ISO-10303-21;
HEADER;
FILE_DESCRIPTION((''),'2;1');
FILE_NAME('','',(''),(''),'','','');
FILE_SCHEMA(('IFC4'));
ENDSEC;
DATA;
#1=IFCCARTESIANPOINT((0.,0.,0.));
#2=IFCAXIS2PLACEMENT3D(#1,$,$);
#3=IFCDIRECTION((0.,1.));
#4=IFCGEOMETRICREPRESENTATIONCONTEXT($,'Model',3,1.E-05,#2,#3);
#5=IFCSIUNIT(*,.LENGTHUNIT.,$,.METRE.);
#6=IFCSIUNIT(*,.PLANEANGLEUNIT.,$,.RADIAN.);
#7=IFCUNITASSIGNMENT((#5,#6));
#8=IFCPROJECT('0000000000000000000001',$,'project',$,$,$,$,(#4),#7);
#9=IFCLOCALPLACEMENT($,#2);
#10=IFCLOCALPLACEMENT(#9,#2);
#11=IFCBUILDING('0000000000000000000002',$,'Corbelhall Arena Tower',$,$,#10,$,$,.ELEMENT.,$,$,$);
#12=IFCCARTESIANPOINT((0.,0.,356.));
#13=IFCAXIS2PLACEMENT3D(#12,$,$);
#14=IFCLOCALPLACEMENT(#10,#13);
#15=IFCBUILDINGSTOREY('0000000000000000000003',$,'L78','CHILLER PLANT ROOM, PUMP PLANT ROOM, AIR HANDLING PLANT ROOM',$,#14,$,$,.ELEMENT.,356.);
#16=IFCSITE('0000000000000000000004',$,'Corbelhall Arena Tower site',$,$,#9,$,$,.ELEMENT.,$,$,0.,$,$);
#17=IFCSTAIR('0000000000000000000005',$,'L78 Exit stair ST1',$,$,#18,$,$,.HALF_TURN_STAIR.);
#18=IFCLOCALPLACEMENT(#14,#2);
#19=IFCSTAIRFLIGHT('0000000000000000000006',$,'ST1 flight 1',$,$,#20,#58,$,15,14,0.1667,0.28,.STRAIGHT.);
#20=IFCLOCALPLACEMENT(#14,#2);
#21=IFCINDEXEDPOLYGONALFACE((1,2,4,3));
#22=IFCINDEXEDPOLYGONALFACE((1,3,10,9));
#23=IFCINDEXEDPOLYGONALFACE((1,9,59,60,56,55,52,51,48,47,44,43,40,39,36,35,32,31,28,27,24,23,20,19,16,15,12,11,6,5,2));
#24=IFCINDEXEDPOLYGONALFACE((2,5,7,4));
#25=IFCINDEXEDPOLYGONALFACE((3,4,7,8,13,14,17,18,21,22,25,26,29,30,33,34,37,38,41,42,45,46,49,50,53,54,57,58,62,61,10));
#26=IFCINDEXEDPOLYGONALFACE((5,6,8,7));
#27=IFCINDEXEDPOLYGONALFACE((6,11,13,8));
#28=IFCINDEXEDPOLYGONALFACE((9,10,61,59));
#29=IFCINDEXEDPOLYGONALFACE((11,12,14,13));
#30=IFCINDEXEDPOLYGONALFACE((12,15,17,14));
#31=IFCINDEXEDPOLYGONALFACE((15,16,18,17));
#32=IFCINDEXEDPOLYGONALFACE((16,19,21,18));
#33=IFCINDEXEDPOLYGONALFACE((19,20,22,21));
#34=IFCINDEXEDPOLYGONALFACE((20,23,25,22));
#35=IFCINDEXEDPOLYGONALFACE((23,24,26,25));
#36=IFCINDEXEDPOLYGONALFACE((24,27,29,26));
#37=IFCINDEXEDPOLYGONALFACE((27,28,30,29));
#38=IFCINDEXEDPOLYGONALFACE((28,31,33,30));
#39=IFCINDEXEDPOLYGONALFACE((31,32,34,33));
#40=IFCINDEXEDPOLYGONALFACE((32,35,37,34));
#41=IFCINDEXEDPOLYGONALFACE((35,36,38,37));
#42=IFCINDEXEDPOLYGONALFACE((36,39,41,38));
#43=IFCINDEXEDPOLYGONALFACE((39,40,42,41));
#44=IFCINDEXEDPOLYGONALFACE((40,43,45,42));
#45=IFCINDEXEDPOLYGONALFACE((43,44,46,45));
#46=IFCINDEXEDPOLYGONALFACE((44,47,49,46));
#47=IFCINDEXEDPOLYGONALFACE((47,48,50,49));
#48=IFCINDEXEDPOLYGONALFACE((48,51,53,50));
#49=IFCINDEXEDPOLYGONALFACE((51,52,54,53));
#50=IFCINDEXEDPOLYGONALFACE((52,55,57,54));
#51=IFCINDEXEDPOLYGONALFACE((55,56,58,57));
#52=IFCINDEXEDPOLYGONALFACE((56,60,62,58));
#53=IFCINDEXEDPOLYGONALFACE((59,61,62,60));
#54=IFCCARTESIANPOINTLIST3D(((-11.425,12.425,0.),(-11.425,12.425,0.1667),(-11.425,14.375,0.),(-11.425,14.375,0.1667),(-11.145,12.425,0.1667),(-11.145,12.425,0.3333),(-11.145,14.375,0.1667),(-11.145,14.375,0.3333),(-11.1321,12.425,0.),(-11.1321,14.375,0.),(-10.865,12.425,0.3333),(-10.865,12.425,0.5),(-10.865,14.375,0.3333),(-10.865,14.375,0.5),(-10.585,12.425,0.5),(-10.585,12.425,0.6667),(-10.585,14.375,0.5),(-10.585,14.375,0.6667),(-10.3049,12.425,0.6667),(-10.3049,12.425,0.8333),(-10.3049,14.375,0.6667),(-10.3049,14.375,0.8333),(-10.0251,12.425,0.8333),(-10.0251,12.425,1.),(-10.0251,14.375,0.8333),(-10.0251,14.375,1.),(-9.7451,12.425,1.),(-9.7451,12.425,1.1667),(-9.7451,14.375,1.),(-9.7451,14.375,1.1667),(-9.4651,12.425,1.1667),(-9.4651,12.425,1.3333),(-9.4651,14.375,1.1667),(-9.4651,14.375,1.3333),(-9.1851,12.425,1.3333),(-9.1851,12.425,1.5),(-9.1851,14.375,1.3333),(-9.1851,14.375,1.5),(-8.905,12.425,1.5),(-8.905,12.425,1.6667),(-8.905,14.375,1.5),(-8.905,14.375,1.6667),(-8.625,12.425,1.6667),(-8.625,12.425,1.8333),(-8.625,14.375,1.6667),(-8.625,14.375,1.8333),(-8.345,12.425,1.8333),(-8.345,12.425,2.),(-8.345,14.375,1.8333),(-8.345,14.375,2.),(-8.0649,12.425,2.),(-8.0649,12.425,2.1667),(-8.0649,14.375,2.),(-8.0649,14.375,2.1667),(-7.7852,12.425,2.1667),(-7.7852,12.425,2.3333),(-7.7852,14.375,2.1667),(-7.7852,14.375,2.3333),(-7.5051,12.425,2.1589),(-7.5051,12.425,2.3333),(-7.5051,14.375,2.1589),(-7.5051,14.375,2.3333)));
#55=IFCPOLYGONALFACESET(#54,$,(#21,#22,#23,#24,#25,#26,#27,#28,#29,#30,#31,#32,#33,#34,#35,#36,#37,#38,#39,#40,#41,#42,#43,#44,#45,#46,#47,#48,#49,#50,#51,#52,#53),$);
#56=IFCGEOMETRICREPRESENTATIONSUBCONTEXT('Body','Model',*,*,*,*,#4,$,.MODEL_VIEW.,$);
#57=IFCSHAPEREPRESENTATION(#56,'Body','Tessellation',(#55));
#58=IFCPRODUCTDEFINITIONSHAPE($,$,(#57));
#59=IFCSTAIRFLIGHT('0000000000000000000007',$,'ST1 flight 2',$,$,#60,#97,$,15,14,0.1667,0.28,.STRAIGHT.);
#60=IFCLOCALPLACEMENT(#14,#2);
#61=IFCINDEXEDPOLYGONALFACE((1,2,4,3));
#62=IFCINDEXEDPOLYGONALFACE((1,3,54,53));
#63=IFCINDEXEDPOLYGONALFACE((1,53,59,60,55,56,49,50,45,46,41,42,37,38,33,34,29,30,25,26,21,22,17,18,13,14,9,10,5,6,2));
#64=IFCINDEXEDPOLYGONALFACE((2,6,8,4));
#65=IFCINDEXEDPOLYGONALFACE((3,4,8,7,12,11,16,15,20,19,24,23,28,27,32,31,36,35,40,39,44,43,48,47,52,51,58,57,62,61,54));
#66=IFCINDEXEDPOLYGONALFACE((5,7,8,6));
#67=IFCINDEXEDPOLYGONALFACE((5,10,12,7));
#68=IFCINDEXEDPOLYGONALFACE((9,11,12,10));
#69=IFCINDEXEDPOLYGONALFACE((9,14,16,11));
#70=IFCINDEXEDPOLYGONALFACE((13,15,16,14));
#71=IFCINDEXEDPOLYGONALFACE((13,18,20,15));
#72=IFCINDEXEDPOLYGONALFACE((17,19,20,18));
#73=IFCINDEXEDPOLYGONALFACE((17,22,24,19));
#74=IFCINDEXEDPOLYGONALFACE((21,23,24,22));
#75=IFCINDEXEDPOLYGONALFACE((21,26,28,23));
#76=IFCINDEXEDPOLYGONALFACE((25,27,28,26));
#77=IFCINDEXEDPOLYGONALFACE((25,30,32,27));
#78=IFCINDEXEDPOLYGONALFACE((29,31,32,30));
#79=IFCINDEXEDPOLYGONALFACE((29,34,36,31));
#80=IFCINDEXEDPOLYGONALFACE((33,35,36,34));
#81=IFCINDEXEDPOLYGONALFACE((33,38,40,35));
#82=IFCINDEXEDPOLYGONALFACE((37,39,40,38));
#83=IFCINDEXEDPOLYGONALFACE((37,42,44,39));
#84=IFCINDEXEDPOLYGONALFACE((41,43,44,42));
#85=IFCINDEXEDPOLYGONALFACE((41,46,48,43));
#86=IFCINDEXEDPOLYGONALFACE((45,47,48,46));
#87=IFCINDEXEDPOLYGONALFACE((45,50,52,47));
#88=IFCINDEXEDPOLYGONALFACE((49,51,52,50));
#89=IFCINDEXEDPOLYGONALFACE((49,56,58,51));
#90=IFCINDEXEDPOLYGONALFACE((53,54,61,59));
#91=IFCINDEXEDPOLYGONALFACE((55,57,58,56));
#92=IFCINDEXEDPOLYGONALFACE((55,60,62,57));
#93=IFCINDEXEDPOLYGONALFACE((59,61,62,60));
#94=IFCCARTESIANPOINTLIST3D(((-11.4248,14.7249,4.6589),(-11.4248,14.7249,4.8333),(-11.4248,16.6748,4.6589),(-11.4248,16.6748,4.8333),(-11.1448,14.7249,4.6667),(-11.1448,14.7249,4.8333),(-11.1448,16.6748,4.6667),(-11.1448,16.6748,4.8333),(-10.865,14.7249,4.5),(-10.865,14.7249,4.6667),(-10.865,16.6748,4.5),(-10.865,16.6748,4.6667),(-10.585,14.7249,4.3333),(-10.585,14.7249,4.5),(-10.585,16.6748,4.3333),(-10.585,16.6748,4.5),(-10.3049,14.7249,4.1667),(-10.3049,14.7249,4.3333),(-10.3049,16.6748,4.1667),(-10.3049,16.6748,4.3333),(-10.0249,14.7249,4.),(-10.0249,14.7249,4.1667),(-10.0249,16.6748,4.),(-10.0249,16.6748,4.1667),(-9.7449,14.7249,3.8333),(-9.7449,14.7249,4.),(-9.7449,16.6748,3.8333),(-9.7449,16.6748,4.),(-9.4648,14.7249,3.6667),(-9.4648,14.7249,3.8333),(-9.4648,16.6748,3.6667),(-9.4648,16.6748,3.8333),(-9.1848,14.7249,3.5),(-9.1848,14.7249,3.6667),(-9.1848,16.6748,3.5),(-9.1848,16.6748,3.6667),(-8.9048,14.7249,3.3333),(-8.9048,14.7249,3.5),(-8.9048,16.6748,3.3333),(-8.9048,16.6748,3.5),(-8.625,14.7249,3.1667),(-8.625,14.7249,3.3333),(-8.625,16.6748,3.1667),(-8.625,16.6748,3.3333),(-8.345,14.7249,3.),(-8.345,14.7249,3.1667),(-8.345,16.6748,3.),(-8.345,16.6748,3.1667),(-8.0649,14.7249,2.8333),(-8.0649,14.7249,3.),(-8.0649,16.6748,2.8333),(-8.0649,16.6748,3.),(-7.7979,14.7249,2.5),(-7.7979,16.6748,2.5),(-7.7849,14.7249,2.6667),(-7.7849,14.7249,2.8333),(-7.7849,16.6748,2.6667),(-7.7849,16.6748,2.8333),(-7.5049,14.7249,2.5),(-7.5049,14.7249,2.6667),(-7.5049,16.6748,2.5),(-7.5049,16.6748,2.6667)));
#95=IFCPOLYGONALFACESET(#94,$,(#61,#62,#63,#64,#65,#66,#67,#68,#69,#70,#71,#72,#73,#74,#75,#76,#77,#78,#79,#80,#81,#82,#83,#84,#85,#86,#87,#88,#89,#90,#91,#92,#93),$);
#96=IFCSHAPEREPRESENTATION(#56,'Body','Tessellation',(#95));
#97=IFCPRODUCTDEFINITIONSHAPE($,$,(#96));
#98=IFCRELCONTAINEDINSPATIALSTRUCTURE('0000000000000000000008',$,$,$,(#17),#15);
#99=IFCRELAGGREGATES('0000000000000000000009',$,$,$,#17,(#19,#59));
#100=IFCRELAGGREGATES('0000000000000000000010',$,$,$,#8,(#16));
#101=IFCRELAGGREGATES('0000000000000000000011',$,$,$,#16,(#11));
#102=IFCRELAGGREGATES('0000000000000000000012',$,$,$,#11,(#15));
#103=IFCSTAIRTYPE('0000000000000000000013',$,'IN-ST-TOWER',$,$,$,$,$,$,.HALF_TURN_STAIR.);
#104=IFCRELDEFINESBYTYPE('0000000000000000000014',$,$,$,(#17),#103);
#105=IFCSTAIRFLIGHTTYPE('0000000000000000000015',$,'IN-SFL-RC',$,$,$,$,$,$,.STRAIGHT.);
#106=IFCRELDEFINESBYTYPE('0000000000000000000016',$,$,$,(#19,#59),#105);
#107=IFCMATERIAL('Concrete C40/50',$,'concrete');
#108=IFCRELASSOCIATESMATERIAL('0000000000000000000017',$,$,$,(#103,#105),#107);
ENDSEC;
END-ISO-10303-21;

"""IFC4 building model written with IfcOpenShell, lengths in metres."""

from ifc_helpers import new_model, si_unit, direction, frame, origin, place, context, subcontext, project, spatial, polyline, outline, extrude, material, type_object, element, aggregate, save


model = new_model("IFC4")

# Units and contexts
model_context = context("Model", 3, precision=1e-05, world=origin(), true_north=direction((0.0, 1.0)))
body_context = subcontext(model_context, "Body", "Model", "MODEL_VIEW")
ifc_project = project(units=[si_unit("LENGTHUNIT", "METRE"), si_unit("PLANEANGLEUNIT", "RADIAN")], contexts=[model_context])

# Site, building, storey
site_placement = place(None, origin())
site = spatial("IfcSite", under=ifc_project, at=site_placement, Name="Corbelhall Arena Tower site", CompositionType="ELEMENT", RefElevation=0.0)
building_placement = place(site_placement, origin())
building = spatial("IfcBuilding", under=site, at=building_placement, Name="Corbelhall Arena Tower", CompositionType="ELEMENT")
storey_placement = place(building_placement, frame((0.0, 0.0, 356.0)))
storey = spatial("IfcBuildingStorey", under=building, at=storey_placement, Name="L78", Description="CHILLER PLANT ROOM, PUMP PLANT ROOM, AIR HANDLING PLANT ROOM", CompositionType="ELEMENT", Elevation=356.0)

# Shared definitions
ifc_material_1 = material(Name="Concrete C40/50", Category="concrete")

# Stair, stair flights
stair_type = type_object("IfcStairType", Name="IN-ST-TOWER", PredefinedType="HALF_TURN_STAIR", material=ifc_material_1)
stair_placement = place(storey_placement, origin())
stair = element("IfcStair", 1, at=stair_placement, inside=storey, type_object=stair_type, Name="L78 Exit stair ST1", PredefinedType="HALF_TURN_STAIR")
stair_flight_type = type_object("IfcStairFlightType", Name="IN-SFL-RC", PredefinedType="STRAIGHT", material=ifc_material_1)
stair_flight_1_placement = place(storey_placement, frame((-11.425, 13.3999, 0.0), z_axis=(0.0, 0.0, 1.0), x_axis=(1.0, 0.0, 0.0)))
stair_flight_1 = element("IfcStairFlight", 2, at=stair_flight_1_placement, type_object=stair_flight_type, Name="ST1 flight 1", NumberOfRisers=15, NumberOfTreads=14, PredefinedType="STRAIGHT", RiserHeight=0.1667, TreadLength=0.28, context=body_context, shape_type="SweptSolid", body=[
    extrude(outline(polyline([(0.0, 0.0), (0.0, 0.1667), (0.28, 0.1667), (0.28, 0.3333), (0.5601, 0.3333), (0.5601, 0.5), (0.8401, 0.5), (0.8401, 0.6667), (1.1201, 0.6667), (1.1201, 0.8333), (1.3999, 0.8333), (1.3999, 1.0), (1.6799, 1.0), (1.6799, 1.1667), (1.96, 1.1667), (1.96, 1.3333), (2.24, 1.3333), (2.24, 1.5), (2.52, 1.5), (2.52, 1.6667), (2.8, 1.6667), (2.8, 1.8333), (3.0801, 1.8333), (3.0801, 2.0), (3.3601, 2.0), (3.3601, 2.1667), (3.6399, 2.1667), (3.6399, 2.3333), (3.9199, 2.3333), (3.9199, 2.5), (3.9199, 2.1589), (0.293, 0.0), (0.0, 0.0)])), frame((0.0, 0.9751, 0.0), z_axis=(0.0, -1.0, 0.0), x_axis=(1.0, 0.0, 0.0)), (0.0, 0.0, 1.0), 1.95),
])
stair_flight_2_placement = place(storey_placement, frame((-7.5049, 15.7, 2.5), z_axis=(0.0, 0.0, 1.0), x_axis=(-1.0, 0.0, 0.0)))
stair_flight_2 = element("IfcStairFlight", 3, at=stair_flight_2_placement, type_object=stair_flight_type, Name="ST1 flight 2", NumberOfRisers=15, NumberOfTreads=14, PredefinedType="STRAIGHT", RiserHeight=0.1667, TreadLength=0.28, context=body_context, shape_type="SweptSolid", body=[
    extrude(outline(polyline([(0.0, 0.0), (0.0, 0.1667), (0.28, 0.1667), (0.28, 0.3333), (0.5601, 0.3333), (0.5601, 0.5), (0.8401, 0.5), (0.8401, 0.6667), (1.1201, 0.6667), (1.1201, 0.8333), (1.3999, 0.8333), (1.3999, 1.0), (1.6799, 1.0), (1.6799, 1.1667), (1.96, 1.1667), (1.96, 1.3333), (2.24, 1.3333), (2.24, 1.5), (2.52, 1.5), (2.52, 1.6667), (2.8, 1.6667), (2.8, 1.8333), (3.0801, 1.8333), (3.0801, 2.0), (3.3601, 2.0), (3.3601, 2.1667), (3.6399, 2.1667), (3.6399, 2.3333), (3.9199, 2.3333), (3.9199, 2.5), (3.9199, 2.1589), (0.293, 0.0), (0.0, 0.0)])), frame((0.0, 0.9751, 0.0), z_axis=(0.0, -1.0, 0.0), x_axis=(1.0, 0.0, 0.0)), (0.0, 0.0, 1.0), 1.95),
])
aggregate(stair, [stair_flight_1, stair_flight_2])

save(model, "model.ifc")
